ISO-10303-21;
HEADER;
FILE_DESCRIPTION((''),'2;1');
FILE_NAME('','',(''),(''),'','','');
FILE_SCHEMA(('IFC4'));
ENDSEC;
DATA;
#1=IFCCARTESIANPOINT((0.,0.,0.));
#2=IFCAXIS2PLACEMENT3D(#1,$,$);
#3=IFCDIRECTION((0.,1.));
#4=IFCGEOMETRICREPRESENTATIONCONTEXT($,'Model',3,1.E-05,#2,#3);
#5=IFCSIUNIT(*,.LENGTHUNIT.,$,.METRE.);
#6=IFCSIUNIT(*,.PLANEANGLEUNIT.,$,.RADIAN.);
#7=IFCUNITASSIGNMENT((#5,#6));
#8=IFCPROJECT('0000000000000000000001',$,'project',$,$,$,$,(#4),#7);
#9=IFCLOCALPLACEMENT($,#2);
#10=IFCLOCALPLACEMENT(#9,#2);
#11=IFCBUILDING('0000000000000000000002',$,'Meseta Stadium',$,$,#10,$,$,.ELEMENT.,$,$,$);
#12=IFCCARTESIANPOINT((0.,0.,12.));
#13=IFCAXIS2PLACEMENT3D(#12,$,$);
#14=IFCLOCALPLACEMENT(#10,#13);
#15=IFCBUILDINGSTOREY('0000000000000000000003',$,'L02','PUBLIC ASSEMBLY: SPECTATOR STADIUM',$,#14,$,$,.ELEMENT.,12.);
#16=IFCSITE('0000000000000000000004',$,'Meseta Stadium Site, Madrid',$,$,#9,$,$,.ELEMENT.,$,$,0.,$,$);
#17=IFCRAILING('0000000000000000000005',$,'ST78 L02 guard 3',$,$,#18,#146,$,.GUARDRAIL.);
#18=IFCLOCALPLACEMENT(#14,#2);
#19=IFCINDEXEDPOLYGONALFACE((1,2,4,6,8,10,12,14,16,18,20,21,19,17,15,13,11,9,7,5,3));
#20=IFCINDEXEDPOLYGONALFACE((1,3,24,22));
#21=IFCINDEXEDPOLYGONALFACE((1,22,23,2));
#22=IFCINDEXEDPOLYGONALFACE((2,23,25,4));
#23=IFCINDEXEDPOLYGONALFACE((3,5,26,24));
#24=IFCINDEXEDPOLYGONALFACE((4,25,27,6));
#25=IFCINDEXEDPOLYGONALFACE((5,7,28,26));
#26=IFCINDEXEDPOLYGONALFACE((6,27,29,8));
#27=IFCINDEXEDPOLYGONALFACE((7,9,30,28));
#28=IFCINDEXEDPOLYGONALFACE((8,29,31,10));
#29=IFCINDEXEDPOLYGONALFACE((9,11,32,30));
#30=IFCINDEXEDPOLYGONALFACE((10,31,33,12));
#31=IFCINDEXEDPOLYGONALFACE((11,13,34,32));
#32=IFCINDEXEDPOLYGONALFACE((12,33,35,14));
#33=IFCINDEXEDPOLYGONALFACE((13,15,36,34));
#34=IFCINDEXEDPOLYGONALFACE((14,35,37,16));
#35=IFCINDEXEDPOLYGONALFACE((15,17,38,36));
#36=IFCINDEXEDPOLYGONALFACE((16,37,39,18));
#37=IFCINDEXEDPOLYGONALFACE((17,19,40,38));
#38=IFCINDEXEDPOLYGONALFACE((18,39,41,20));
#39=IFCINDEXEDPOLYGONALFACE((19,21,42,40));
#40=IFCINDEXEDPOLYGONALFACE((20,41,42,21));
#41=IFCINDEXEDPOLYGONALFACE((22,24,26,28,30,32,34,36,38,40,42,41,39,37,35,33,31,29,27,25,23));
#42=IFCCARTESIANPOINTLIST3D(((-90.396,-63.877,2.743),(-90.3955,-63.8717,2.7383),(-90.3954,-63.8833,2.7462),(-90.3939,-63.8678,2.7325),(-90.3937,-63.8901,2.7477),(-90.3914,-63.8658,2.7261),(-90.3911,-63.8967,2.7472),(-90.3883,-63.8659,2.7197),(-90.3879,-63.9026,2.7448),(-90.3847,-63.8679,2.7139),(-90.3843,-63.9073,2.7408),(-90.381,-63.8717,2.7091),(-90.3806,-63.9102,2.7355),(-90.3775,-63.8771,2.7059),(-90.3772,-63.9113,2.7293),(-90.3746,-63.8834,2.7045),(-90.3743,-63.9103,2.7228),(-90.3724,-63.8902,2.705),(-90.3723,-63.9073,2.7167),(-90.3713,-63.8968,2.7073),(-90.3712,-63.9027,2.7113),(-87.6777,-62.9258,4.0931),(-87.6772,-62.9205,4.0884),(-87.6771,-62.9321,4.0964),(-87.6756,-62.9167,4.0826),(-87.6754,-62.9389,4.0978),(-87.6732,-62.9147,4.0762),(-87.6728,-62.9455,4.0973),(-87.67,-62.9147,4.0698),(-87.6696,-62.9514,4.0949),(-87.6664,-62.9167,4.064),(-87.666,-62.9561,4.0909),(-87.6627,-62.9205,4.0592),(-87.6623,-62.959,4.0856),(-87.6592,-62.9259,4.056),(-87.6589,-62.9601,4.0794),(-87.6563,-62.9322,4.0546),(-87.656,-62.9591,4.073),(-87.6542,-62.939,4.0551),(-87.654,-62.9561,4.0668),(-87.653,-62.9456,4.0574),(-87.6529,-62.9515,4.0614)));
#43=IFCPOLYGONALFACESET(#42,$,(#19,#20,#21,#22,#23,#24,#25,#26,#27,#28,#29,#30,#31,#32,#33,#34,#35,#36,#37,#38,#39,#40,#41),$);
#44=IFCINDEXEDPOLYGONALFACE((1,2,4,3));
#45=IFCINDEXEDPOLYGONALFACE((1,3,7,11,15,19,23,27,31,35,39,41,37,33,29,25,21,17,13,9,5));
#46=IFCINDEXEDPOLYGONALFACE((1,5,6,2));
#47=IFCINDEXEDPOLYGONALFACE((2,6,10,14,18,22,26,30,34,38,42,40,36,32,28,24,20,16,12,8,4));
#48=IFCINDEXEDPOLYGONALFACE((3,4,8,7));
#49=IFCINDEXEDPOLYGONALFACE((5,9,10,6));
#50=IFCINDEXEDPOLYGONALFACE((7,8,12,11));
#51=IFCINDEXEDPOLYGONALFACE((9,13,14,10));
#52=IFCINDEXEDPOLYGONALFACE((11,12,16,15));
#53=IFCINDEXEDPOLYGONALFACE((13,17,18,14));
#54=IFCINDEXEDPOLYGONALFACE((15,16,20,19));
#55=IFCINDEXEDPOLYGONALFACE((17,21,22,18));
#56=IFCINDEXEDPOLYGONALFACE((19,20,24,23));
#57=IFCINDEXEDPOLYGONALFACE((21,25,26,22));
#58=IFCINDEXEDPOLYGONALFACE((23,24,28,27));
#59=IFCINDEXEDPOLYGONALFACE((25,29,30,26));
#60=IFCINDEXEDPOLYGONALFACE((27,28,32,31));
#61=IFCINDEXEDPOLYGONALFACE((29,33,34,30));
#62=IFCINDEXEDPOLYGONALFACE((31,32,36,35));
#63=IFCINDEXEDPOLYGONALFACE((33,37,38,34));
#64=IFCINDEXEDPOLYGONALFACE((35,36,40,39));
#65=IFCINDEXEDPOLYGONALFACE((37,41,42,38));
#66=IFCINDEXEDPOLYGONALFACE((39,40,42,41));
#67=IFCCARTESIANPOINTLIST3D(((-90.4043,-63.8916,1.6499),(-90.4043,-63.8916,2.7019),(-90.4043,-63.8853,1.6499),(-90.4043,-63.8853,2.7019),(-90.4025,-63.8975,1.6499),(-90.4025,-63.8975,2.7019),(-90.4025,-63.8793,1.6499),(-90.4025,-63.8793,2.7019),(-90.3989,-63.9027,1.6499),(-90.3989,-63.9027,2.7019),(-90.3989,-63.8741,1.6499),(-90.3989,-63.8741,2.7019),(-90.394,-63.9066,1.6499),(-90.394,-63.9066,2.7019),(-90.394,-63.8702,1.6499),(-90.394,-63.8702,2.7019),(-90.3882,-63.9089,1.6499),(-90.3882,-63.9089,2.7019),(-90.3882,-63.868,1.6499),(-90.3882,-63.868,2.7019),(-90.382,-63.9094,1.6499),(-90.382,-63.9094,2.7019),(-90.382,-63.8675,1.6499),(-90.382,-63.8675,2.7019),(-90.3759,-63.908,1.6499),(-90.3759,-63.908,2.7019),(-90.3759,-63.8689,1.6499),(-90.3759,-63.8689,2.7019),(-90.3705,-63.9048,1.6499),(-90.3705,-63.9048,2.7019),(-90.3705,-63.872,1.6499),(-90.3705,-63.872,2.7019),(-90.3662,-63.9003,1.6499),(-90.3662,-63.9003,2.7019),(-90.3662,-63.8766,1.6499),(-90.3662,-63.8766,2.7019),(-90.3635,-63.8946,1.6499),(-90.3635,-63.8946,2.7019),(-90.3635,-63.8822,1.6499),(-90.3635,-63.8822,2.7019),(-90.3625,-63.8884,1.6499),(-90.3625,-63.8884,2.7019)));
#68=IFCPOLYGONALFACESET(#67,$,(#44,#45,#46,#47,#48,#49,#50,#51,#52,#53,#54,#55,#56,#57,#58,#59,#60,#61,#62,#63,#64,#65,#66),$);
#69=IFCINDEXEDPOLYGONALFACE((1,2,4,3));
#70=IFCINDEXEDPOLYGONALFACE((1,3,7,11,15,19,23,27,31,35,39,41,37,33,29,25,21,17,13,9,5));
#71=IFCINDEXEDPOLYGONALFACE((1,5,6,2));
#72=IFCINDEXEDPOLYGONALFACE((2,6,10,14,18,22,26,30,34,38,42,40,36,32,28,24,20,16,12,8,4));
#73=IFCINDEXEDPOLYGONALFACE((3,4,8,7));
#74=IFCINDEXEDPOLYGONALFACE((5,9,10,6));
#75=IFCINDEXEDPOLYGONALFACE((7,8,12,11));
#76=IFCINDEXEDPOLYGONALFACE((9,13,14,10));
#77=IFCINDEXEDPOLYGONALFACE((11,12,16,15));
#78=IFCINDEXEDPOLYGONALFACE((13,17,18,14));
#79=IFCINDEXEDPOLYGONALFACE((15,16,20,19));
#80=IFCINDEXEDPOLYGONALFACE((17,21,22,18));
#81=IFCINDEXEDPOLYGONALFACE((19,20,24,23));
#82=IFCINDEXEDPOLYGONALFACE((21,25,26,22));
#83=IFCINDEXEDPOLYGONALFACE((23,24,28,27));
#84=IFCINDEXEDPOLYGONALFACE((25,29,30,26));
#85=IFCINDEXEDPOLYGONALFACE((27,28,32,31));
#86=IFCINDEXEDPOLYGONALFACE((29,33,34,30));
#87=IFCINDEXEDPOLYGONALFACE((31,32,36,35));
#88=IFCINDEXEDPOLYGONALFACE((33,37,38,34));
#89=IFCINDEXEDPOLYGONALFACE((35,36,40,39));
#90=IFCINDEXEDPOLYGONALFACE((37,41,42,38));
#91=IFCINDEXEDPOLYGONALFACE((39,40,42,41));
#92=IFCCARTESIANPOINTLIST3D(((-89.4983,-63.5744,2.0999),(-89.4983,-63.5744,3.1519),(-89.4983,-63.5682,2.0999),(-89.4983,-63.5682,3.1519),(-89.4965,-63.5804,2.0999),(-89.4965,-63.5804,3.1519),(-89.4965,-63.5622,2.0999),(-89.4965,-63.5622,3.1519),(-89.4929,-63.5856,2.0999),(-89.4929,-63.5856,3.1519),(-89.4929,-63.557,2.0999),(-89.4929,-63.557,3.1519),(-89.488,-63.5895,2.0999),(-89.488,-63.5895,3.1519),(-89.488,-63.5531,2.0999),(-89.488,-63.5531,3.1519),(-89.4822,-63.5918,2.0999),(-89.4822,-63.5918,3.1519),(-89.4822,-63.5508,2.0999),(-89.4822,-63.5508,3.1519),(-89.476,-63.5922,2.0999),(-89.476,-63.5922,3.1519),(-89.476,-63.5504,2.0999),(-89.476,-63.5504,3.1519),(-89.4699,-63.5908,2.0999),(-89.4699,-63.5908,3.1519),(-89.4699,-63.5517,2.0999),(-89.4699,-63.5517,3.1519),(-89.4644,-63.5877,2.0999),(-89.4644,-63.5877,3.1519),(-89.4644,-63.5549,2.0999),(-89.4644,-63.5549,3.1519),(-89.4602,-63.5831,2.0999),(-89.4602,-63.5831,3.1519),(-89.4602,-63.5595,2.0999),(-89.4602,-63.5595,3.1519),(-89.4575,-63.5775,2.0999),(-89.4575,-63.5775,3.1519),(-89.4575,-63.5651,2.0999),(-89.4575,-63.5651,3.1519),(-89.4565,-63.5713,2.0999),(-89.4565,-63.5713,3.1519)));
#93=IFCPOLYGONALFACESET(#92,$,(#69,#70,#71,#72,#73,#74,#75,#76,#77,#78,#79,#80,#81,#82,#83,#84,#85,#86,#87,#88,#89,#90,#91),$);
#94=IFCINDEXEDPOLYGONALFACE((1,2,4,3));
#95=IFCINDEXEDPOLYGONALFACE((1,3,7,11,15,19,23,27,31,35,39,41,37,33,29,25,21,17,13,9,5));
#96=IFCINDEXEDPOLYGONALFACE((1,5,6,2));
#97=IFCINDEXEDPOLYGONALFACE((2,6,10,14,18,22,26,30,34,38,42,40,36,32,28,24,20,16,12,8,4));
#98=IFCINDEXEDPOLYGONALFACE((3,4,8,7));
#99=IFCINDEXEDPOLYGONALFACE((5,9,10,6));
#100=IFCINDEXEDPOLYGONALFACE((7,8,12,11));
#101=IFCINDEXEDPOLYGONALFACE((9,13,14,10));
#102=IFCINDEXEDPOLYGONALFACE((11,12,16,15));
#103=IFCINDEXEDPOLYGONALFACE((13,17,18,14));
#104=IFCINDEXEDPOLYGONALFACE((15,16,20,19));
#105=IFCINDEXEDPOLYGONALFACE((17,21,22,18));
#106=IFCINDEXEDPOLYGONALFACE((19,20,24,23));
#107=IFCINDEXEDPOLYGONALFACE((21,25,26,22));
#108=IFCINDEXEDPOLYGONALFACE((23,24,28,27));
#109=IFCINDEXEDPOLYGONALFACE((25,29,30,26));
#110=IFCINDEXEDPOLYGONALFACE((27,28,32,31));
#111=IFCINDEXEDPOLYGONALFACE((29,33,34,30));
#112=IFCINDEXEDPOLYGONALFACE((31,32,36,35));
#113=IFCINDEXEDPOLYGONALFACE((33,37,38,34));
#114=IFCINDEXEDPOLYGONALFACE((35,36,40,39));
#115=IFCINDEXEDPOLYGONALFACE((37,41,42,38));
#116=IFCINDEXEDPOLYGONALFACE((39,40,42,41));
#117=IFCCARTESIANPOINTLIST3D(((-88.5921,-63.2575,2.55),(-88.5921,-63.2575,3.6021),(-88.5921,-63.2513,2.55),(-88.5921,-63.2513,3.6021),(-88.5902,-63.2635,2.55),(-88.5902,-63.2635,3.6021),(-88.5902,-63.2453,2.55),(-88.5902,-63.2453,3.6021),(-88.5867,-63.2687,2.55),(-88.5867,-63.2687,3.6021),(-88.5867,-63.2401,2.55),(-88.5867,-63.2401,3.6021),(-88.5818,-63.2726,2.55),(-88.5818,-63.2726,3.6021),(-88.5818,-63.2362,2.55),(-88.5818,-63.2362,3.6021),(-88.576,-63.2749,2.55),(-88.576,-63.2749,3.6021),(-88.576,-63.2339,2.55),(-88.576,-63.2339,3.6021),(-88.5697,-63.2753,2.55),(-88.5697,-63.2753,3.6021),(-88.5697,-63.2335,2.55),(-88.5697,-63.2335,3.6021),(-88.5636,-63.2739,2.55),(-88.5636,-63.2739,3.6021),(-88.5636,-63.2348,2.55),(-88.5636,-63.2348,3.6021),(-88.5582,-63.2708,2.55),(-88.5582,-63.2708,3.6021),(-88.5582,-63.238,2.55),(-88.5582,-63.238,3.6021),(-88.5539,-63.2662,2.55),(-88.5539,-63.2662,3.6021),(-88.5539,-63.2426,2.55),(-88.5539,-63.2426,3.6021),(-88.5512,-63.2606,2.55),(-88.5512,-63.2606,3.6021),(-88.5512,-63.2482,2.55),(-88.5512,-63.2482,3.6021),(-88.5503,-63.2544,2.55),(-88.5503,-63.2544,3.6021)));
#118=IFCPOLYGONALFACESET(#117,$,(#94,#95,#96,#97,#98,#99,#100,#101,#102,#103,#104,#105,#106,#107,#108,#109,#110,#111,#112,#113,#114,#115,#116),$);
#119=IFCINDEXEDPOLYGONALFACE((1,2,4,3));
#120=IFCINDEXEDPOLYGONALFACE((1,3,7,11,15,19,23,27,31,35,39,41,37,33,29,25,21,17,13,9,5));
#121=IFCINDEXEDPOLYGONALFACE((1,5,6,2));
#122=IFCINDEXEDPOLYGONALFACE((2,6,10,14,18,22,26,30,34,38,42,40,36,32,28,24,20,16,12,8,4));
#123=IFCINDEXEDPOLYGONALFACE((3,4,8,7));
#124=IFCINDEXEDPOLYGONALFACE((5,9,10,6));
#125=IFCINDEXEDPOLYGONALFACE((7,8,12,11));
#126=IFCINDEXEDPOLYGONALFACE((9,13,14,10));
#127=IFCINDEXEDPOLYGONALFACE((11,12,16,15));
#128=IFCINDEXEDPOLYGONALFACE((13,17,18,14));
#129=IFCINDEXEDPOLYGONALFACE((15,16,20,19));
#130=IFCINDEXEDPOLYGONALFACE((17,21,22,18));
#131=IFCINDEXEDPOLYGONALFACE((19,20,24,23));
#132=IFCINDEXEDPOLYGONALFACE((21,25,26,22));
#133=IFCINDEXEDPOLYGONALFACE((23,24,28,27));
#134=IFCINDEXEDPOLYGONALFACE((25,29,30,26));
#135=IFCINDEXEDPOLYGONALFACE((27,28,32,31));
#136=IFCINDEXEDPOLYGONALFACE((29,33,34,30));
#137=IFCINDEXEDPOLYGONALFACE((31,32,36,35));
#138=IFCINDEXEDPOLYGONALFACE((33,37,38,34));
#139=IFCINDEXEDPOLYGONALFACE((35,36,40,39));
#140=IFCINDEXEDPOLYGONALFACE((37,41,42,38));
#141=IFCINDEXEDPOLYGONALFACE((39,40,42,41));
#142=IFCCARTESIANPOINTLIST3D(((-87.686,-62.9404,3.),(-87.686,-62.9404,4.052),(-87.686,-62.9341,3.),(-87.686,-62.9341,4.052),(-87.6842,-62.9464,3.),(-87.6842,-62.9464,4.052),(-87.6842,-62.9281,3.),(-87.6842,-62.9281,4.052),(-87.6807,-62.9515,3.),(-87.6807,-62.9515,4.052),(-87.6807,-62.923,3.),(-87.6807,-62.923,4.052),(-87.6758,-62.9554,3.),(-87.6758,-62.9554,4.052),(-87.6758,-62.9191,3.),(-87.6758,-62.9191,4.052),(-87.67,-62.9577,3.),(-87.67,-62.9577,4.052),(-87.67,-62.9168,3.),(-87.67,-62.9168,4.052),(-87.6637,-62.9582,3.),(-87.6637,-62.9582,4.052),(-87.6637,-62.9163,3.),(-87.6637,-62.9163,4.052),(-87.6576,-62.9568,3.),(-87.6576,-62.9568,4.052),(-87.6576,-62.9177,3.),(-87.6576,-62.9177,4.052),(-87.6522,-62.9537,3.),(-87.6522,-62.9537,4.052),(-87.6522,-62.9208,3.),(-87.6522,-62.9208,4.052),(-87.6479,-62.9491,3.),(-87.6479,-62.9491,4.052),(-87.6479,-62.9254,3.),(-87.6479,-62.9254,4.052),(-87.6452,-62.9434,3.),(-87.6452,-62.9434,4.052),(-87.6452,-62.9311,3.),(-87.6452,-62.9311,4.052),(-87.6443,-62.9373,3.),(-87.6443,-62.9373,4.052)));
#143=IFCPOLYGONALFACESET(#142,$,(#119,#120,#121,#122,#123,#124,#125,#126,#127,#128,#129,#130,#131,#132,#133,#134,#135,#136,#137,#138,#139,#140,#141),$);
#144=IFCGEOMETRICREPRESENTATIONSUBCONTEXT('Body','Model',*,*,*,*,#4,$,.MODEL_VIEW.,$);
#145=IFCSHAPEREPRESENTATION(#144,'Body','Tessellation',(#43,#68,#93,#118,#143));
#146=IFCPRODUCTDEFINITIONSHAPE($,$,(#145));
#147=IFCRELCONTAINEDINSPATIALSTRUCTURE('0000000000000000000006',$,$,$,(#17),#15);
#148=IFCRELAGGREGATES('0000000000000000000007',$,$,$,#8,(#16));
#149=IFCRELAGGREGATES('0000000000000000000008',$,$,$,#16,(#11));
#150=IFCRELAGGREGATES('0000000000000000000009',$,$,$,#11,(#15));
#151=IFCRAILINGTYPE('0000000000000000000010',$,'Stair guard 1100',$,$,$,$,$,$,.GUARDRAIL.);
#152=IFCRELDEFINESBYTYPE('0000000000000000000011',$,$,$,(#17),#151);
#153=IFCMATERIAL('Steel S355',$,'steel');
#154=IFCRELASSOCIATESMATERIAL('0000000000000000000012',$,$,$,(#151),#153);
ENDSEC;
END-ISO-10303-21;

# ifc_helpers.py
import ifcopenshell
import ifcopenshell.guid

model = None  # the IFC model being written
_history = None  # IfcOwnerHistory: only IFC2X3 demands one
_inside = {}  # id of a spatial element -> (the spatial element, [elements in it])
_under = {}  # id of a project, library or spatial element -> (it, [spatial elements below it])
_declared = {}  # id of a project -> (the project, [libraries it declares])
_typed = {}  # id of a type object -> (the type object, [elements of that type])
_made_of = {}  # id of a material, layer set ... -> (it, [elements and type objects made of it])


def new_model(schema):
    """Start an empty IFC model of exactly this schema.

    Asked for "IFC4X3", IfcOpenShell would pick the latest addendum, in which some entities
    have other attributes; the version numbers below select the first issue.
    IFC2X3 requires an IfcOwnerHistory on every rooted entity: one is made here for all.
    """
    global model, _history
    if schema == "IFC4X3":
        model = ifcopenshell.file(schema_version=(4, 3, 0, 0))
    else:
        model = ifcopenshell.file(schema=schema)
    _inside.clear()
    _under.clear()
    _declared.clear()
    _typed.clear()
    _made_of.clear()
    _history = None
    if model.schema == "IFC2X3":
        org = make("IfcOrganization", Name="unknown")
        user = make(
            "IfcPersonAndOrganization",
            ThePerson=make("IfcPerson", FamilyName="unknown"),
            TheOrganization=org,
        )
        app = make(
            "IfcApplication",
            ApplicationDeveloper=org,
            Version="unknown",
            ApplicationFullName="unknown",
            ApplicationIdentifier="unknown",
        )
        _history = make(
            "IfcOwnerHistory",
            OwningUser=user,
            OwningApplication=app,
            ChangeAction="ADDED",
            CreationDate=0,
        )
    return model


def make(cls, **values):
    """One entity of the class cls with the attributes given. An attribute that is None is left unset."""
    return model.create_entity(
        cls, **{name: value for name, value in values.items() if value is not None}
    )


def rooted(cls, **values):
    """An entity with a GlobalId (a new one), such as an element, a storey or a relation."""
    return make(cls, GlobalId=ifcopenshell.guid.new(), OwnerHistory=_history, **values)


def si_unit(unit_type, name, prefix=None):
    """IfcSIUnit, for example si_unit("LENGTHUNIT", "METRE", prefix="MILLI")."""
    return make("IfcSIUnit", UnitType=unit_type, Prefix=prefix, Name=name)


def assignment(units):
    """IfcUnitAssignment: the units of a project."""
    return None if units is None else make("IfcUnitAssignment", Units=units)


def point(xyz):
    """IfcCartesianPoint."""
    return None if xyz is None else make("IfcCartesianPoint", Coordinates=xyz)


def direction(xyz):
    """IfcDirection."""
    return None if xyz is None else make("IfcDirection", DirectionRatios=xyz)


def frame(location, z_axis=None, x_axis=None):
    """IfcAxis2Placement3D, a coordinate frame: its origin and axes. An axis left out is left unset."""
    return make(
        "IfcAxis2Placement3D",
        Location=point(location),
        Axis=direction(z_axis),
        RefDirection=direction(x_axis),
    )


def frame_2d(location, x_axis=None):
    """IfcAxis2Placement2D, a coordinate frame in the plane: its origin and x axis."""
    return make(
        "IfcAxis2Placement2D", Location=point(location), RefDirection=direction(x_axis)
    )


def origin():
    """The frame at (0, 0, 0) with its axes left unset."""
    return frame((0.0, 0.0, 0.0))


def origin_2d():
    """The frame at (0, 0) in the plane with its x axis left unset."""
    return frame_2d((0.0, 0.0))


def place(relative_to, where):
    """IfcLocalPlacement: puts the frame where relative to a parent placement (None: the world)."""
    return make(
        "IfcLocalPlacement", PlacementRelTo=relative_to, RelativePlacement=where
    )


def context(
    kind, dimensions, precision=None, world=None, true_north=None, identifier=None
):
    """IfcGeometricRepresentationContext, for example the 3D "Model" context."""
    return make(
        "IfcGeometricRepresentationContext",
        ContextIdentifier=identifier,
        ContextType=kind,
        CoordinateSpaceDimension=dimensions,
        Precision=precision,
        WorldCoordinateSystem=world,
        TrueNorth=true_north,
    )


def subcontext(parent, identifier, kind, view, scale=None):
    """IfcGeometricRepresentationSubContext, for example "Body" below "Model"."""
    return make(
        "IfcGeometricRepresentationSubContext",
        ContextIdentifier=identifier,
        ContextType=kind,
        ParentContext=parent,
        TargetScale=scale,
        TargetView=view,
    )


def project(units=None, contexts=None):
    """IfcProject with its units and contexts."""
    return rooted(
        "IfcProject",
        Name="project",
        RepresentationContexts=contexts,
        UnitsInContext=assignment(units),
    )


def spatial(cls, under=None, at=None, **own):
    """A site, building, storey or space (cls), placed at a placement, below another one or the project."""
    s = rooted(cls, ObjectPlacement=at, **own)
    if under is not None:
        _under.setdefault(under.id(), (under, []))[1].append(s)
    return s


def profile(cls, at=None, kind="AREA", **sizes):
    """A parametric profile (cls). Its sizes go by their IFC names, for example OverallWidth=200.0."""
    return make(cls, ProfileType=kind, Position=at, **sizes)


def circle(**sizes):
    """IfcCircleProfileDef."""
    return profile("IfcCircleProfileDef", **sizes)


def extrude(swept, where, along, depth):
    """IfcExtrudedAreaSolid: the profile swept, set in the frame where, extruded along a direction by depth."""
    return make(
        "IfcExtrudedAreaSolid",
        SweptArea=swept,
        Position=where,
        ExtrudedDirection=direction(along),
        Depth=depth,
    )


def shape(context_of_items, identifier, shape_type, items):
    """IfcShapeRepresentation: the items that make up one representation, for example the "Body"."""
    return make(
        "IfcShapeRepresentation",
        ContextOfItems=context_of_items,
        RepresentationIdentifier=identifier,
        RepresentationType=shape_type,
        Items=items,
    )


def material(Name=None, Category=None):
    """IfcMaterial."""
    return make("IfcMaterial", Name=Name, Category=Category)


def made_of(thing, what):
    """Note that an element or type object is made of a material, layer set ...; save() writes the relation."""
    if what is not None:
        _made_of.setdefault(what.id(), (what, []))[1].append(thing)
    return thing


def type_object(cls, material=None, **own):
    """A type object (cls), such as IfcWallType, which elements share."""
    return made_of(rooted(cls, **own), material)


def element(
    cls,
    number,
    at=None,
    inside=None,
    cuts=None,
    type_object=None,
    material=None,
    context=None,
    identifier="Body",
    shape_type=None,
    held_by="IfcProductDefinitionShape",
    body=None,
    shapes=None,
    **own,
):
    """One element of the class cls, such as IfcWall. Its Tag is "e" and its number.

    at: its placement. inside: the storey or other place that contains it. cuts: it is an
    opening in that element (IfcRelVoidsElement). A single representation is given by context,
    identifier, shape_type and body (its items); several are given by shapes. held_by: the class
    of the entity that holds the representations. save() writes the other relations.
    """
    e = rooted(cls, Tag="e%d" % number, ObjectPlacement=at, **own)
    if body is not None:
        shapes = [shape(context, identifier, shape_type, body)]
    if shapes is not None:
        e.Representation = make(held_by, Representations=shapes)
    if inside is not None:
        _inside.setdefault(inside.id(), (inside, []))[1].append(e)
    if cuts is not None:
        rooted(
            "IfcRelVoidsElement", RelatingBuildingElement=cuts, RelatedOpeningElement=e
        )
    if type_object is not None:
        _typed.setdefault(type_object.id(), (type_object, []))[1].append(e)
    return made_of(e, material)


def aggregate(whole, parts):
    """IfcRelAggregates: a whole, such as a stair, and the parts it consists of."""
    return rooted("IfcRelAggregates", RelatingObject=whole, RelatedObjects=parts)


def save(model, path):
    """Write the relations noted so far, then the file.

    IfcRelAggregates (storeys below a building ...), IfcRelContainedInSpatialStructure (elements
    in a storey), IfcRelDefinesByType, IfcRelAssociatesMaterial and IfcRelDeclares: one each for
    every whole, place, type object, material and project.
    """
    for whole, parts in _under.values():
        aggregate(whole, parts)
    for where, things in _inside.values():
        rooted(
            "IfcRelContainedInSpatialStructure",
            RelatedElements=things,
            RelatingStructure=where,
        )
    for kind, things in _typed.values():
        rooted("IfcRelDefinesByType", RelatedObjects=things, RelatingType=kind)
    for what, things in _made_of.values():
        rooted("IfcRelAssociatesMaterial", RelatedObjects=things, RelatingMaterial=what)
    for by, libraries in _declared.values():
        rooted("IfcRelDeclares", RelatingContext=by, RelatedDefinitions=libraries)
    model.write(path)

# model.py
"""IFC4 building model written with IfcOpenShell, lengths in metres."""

from ifc_helpers import new_model, si_unit, direction, frame, origin, origin_2d, place, context, subcontext, project, spatial, circle, extrude, material, type_object, element, save


model = new_model("IFC4")

# Units and contexts
model_context = context("Model", 3, precision=1e-05, world=origin(), true_north=direction((0.0, 1.0)))
body_context = subcontext(model_context, "Body", "Model", "MODEL_VIEW")
ifc_project = project(units=[si_unit("LENGTHUNIT", "METRE"), si_unit("PLANEANGLEUNIT", "RADIAN")], contexts=[model_context])

# Site, building, storey
site_placement = place(None, origin())
site = spatial("IfcSite", under=ifc_project, at=site_placement, Name="Meseta Stadium Site, Madrid", CompositionType="ELEMENT", RefElevation=0.0)
building_placement = place(site_placement, origin())
building = spatial("IfcBuilding", under=site, at=building_placement, Name="Meseta Stadium", CompositionType="ELEMENT")
storey_placement = place(building_placement, frame((0.0, 0.0, 12.0)))
storey = spatial("IfcBuildingStorey", under=building, at=storey_placement, Name="L02", Description="PUBLIC ASSEMBLY: SPECTATOR STADIUM", CompositionType="ELEMENT", Elevation=12.0)

# Railing
ifc_material_1 = material(Name="Steel S355", Category="steel")
railing_type_1 = type_object("IfcRailingType", Name="Stair guard 1100", PredefinedType="GUARDRAIL", material=ifc_material_1)
railing_1_placement = place(storey_placement, frame((-90.3835, -63.8884, 1.6499)))
element("IfcRailing", 1, at=railing_1_placement, inside=storey, type_object=railing_type_1, Name="ST78 L02 guard 3", PredefinedType="GUARDRAIL", context=body_context, shape_type="SweptSolid", body=[
    extrude(circle(Radius=0.0239, at=origin_2d()), frame((0.0, 0.0, 1.0762), z_axis=(0.854629, 0.299051, 0.424474), x_axis=(-0.330282, 0.943882, 0.0)), (0.0, 0.0, 1.0), 3.1807),
    extrude(circle(Radius=0.021, at=origin_2d()), origin(), (0.0, 0.0, 1.0), 1.052),
    extrude(circle(Radius=0.021, at=origin_2d()), frame((0.906, 0.3171, 0.45)), (0.0, 0.0, 1.0), 1.052),
    extrude(circle(Radius=0.021, at=origin_2d()), frame((1.8123, 0.634, 0.9001)), (0.0, 0.0, 1.0), 1.052),
    extrude(circle(Radius=0.021, at=origin_2d()), frame((2.7183, 0.9512, 1.3501)), (0.0, 0.0, 1.0), 1.052),
])

save(model, "model.ifc")
